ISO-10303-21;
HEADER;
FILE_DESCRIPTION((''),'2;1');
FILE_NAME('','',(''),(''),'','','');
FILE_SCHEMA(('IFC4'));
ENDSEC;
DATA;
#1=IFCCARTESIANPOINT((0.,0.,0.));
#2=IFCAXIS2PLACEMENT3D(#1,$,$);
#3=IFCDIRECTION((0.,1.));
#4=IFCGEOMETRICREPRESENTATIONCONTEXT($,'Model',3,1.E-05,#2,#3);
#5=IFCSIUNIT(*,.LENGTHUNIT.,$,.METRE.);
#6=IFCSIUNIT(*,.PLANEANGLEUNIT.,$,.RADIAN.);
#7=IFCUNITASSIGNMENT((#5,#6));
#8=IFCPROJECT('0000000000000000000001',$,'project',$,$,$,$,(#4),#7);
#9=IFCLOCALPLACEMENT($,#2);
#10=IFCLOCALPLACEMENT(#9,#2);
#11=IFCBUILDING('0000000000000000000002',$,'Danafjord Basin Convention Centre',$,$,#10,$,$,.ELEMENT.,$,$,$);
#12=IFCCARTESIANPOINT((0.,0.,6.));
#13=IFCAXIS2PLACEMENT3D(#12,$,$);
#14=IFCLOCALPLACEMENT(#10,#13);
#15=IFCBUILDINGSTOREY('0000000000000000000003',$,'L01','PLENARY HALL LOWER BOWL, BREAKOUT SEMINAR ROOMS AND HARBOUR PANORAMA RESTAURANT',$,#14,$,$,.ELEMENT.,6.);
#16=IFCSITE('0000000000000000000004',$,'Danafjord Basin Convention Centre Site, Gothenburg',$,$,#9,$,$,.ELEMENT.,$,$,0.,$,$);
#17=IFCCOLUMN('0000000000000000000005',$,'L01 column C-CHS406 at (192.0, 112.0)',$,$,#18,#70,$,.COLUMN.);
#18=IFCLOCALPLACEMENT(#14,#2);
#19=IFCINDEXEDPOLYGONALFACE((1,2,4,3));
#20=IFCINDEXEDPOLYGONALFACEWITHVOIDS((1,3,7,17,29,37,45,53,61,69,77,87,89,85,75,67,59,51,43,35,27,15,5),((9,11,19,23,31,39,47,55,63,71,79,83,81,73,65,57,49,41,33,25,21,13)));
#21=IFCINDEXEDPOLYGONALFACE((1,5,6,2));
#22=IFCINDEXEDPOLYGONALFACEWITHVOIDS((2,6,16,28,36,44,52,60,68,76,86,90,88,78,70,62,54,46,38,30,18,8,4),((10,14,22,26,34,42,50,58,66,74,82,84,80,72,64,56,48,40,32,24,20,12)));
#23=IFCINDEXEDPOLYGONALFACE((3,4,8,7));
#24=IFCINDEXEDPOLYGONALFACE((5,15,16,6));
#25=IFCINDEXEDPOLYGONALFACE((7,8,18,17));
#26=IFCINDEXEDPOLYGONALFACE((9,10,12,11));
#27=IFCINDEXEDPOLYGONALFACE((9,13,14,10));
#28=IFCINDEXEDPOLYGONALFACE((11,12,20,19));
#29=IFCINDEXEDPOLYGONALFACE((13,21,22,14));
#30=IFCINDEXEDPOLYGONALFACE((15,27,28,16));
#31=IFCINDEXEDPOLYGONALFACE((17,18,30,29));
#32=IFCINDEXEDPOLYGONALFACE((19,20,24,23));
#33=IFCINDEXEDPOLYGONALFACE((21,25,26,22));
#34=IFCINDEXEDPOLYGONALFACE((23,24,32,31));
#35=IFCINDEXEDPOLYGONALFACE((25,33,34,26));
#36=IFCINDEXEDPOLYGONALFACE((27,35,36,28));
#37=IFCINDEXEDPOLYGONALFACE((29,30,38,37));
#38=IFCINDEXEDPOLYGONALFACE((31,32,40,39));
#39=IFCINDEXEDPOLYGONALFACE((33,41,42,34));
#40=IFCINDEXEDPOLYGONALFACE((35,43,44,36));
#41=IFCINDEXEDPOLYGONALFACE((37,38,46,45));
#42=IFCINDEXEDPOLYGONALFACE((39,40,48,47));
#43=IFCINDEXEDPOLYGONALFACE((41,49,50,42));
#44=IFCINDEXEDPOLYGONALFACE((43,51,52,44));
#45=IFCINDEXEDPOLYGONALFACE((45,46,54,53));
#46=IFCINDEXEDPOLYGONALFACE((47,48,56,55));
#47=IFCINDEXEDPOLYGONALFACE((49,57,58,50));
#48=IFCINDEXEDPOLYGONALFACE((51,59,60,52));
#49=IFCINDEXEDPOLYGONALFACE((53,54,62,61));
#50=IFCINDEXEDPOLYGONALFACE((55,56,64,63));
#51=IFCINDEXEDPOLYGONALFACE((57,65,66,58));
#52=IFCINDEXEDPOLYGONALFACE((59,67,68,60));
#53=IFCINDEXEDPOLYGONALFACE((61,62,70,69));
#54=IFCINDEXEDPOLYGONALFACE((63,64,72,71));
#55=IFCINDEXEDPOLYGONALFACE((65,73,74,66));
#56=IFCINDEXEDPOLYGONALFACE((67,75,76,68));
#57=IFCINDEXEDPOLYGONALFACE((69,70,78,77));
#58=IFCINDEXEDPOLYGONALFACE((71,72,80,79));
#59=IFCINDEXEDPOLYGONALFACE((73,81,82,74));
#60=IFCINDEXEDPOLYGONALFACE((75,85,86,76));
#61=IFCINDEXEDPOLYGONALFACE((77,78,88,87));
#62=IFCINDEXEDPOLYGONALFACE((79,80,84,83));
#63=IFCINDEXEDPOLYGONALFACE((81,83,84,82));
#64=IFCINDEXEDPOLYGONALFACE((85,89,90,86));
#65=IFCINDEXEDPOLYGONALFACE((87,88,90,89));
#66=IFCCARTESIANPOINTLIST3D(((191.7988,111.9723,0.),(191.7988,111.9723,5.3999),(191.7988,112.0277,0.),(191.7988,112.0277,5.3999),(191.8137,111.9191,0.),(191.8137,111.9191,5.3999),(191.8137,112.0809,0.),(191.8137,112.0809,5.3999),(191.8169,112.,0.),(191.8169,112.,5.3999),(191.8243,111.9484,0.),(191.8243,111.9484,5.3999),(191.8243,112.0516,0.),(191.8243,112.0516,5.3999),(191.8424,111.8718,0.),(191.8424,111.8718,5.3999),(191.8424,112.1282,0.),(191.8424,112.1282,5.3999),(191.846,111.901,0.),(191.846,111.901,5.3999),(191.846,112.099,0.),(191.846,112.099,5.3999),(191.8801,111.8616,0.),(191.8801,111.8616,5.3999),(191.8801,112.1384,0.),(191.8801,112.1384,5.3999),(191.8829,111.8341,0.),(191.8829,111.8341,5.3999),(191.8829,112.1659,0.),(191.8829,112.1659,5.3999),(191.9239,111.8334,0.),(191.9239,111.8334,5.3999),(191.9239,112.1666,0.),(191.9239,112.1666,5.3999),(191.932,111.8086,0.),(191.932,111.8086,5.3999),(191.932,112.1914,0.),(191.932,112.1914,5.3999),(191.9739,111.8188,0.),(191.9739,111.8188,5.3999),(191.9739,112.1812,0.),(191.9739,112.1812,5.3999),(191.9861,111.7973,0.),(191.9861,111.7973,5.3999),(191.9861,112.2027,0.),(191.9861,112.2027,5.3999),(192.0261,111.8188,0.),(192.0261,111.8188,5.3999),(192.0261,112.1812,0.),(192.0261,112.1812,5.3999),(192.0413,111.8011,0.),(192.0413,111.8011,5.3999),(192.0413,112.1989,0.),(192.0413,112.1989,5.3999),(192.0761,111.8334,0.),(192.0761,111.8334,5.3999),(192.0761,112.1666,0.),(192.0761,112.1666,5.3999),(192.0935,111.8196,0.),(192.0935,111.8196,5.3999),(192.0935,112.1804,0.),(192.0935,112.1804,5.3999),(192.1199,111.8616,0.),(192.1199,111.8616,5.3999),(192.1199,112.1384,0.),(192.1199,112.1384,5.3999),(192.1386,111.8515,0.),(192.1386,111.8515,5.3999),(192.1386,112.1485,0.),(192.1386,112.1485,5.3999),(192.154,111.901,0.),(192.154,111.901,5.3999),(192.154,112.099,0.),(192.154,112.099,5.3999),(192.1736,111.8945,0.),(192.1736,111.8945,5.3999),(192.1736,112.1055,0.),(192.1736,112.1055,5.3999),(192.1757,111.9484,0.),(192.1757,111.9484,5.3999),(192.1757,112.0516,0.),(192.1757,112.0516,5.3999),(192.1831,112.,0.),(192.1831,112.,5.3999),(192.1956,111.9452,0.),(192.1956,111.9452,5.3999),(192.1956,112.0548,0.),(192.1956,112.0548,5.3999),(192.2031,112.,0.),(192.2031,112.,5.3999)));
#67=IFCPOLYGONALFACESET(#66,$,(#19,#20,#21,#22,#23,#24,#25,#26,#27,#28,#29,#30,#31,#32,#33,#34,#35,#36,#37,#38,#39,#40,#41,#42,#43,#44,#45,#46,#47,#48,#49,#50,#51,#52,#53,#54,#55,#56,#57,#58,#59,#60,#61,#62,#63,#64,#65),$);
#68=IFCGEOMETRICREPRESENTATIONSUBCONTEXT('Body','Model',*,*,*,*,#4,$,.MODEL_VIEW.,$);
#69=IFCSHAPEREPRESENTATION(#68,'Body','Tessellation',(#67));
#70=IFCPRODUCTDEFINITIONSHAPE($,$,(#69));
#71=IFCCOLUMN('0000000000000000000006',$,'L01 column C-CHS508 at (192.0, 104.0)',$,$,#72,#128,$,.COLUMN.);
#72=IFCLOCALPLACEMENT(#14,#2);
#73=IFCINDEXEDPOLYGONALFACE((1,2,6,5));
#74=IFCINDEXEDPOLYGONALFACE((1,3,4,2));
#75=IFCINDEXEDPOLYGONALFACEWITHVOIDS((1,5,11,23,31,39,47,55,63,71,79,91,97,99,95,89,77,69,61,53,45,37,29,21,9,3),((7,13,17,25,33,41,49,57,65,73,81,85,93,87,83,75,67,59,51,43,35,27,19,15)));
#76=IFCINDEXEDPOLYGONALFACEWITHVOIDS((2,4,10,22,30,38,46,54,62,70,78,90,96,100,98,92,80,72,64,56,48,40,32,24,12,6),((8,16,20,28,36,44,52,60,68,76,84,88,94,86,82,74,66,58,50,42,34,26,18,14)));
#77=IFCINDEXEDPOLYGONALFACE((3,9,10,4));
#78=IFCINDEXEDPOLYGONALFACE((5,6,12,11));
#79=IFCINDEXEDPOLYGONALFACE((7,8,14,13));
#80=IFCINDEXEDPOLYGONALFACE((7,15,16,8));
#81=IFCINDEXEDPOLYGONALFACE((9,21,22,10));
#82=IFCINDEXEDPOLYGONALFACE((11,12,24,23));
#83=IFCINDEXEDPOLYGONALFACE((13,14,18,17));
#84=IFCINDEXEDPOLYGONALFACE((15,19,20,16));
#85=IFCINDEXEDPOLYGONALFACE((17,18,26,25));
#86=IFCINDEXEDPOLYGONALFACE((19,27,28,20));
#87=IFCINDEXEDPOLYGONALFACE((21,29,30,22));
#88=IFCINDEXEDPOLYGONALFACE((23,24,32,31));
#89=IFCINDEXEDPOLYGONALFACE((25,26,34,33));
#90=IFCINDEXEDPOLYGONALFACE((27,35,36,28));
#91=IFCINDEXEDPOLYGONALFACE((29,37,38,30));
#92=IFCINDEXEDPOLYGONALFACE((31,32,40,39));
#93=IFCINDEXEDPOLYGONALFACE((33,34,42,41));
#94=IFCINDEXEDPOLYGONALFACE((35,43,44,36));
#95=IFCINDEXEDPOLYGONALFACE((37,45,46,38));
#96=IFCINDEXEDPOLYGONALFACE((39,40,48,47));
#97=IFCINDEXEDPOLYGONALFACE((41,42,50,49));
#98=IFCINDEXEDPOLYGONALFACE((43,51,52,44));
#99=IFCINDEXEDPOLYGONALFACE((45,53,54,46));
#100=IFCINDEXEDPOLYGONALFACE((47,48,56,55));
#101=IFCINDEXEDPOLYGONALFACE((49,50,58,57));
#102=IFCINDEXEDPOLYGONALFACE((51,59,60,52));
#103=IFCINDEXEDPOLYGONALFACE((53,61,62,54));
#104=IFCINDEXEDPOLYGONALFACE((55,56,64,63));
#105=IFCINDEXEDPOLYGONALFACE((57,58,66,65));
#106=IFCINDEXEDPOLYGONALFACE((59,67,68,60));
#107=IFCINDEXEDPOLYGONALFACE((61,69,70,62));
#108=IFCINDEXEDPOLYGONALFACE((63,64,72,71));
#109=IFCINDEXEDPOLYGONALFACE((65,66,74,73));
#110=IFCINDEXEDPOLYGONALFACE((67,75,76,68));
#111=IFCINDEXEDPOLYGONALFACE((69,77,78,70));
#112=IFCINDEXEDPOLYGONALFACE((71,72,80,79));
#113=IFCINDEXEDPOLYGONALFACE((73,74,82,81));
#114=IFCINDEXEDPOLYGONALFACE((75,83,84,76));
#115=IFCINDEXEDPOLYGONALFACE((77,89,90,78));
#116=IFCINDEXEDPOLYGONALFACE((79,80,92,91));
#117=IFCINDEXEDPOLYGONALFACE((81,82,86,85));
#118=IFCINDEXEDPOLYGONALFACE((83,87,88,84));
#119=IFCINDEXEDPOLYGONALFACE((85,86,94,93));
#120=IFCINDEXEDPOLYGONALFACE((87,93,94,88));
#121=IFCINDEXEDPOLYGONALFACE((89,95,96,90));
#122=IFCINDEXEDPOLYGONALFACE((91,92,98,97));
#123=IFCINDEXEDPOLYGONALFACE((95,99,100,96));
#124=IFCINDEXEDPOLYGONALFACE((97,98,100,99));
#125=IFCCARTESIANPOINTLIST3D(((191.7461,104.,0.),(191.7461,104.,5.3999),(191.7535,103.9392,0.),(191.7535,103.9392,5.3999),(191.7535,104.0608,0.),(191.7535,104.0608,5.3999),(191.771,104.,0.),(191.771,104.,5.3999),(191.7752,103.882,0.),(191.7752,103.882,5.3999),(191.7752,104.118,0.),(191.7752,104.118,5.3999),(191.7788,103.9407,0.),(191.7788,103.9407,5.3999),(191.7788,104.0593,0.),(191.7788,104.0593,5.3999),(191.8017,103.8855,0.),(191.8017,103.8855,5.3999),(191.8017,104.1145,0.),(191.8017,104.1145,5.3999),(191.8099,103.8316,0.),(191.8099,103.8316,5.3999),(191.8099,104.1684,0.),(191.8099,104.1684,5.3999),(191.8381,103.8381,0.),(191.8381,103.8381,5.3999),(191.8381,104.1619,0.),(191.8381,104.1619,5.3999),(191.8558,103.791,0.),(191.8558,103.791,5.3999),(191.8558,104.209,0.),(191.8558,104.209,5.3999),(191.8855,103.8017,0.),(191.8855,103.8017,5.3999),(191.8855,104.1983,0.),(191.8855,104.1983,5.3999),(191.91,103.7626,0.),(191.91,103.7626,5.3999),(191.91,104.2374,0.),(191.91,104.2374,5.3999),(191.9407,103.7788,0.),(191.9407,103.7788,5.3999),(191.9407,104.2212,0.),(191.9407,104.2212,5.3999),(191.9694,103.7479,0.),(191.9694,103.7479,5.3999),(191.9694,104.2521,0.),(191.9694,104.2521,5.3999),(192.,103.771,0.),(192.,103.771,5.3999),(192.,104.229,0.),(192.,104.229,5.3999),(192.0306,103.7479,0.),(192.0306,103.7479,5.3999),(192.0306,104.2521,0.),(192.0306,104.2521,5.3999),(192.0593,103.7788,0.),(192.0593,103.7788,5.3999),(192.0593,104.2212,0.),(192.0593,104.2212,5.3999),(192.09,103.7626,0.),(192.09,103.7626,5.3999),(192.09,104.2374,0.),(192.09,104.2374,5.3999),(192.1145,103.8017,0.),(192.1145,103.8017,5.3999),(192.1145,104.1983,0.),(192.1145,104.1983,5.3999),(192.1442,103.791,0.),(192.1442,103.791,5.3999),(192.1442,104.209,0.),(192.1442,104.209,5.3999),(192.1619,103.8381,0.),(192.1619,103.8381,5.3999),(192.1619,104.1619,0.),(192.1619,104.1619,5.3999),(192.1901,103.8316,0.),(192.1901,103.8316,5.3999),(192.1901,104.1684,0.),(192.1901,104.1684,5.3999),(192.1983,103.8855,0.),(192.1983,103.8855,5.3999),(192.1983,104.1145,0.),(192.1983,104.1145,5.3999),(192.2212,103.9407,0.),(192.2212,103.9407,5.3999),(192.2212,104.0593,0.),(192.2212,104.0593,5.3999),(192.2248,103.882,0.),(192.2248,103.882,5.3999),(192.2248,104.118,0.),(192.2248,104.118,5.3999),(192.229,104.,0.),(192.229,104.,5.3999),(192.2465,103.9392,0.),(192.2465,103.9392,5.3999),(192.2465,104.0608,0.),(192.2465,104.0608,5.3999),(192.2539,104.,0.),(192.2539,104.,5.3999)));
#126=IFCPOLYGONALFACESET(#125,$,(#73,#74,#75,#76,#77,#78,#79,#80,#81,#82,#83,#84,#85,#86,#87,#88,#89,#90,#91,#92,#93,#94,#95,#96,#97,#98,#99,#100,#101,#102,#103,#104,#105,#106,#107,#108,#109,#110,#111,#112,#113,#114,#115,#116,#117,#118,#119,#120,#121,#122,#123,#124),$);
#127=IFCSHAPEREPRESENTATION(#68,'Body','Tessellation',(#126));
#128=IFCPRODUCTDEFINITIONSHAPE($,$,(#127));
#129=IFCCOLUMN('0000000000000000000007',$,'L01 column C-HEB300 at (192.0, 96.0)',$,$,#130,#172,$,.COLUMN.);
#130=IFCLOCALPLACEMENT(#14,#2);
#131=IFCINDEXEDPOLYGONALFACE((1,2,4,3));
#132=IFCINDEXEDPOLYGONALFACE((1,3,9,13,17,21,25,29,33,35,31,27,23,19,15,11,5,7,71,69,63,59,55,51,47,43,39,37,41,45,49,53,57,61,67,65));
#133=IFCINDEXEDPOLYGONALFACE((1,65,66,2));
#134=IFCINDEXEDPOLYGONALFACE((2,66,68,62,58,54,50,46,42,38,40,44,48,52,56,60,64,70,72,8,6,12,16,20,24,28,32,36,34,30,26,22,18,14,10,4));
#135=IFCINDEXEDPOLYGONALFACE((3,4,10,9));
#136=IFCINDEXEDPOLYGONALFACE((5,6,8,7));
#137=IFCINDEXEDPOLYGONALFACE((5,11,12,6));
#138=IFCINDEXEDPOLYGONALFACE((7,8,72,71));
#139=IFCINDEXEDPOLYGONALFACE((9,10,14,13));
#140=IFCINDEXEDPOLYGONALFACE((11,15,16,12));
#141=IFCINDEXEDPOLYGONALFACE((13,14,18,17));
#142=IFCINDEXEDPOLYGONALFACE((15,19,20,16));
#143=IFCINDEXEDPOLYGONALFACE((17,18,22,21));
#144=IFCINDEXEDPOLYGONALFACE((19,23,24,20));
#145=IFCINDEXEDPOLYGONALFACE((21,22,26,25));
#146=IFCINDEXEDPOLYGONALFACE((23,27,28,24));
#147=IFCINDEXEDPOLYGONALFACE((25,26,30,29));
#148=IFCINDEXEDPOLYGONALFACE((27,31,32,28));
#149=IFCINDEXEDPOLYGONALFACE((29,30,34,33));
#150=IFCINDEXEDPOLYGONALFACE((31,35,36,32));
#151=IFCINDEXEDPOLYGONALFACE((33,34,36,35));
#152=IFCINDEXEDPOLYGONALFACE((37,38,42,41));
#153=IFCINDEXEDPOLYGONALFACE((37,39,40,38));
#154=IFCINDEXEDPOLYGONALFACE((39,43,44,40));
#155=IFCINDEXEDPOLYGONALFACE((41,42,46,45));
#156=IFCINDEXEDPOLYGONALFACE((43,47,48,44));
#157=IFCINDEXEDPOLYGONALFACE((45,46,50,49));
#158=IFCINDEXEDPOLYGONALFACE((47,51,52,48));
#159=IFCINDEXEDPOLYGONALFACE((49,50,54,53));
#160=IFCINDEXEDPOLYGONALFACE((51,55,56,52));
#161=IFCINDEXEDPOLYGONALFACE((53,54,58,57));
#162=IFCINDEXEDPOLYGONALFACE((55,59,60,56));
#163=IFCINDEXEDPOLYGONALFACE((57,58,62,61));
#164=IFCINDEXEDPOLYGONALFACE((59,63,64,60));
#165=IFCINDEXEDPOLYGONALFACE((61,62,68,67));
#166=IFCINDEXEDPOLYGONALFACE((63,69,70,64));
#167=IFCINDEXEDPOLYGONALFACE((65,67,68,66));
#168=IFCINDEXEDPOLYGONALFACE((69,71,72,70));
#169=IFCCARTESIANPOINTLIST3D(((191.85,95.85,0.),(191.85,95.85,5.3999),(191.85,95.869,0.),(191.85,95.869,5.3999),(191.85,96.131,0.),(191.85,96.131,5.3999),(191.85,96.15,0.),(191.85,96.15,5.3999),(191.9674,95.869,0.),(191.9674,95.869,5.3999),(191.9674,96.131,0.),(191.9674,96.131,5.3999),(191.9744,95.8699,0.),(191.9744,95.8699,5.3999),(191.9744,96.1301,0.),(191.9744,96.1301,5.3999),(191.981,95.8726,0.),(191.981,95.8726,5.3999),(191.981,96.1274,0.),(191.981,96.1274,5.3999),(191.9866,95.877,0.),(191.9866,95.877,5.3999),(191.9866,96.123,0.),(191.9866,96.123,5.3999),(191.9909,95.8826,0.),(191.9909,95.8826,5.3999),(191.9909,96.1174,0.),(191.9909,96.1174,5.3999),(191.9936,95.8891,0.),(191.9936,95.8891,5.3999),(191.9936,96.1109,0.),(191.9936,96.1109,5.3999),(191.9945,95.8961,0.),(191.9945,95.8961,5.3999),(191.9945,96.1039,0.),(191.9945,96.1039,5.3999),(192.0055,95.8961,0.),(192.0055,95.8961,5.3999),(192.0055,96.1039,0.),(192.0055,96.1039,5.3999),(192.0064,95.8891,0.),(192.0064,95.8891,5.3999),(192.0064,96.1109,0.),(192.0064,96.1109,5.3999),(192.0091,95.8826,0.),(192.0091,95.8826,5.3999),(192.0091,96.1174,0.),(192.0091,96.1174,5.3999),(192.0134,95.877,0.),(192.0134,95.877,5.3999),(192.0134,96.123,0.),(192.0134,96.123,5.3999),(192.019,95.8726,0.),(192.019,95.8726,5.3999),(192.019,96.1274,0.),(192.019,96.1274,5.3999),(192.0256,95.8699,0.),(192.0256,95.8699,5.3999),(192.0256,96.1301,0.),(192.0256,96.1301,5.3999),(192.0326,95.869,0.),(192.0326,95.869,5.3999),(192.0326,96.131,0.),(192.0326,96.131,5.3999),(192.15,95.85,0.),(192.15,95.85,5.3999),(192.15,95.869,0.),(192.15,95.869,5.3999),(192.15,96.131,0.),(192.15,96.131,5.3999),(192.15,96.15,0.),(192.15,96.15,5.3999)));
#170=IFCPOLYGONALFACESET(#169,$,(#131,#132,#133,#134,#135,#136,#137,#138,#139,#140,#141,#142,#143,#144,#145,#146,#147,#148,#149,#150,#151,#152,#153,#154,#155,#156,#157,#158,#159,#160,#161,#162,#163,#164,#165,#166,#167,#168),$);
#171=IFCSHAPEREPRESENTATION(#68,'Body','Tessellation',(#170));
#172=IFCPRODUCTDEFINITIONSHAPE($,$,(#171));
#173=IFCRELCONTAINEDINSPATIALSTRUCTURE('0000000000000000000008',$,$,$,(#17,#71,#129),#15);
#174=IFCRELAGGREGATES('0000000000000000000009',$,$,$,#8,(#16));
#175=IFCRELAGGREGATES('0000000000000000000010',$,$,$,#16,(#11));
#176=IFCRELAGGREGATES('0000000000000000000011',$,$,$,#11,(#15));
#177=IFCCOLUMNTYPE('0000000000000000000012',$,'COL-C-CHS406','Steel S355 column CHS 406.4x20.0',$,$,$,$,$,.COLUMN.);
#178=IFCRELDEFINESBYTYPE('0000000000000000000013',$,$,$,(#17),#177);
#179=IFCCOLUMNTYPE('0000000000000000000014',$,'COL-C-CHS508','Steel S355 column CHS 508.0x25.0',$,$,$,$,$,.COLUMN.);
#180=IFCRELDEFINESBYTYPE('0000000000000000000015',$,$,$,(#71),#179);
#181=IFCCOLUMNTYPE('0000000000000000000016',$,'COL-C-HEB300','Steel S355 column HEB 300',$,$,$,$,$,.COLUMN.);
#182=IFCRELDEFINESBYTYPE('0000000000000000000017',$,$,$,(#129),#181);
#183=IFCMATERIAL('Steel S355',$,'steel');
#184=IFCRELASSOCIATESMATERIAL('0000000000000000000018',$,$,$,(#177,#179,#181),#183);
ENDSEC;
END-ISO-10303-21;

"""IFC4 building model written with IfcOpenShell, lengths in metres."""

from ifc_helpers import new_model, si_unit, direction, frame, origin, origin_2d, place, context, subcontext, project, spatial, hollow_circle, i_section, extrude, material, material_profile, profile_set, type_object, element, save


model = new_model("IFC4")

# Units and contexts
model_context = context("Model", 3, precision=1e-05, world=origin(), true_north=direction((0.0, 1.0)))
body_context = subcontext(model_context, "Body", "Model", "MODEL_VIEW")
ifc_project = project(units=[si_unit("LENGTHUNIT", "METRE"), si_unit("PLANEANGLEUNIT", "RADIAN")], contexts=[model_context])

# Site, building, storey
site_placement = place(None, origin())
site = spatial("IfcSite", under=ifc_project, at=site_placement, Name="Danafjord Basin Convention Centre Site, Gothenburg", CompositionType="ELEMENT", RefElevation=0.0)
building_placement = place(site_placement, origin())
building = spatial("IfcBuilding", under=site, at=building_placement, Name="Danafjord Basin Convention Centre", CompositionType="ELEMENT")
storey_placement = place(building_placement, frame((0.0, 0.0, 6.0)))
storey = spatial("IfcBuildingStorey", under=building, at=storey_placement, Name="L01", Description="PLENARY HALL LOWER BOWL, BREAKOUT SEMINAR ROOMS AND HARBOUR PANORAMA RESTAURANT", CompositionType="ELEMENT", Elevation=6.0)

# Columns
ifc_material_1 = material(Name="Steel S355", Category="steel")
ifc_material_profile_1 = material_profile(ifc_material_1, hollow_circle(Radius=0.2031, WallThickness=0.02, at=origin_2d()), Name="CHS 406.4x20.0")
ifc_profile_set_1 = profile_set([ifc_material_profile_1], Name="Steel S355")
column_type_1 = type_object("IfcColumnType", Name="COL-C-CHS406", Description="Steel S355 column CHS 406.4x20.0", PredefinedType="COLUMN", material=ifc_profile_set_1)
column_1_placement = place(storey_placement, frame((192.0, 112.0, 0.0), z_axis=(0.0, 0.0, 1.0), x_axis=(1.0, 0.0, 0.0)))
element("IfcColumn", 1, at=column_1_placement, inside=storey, type_object=column_type_1, Name="L01 column C-CHS406 at (192.0, 112.0)", PredefinedType="COLUMN", context=body_context, shape_type="SweptSolid", body=[
    extrude(hollow_circle(Radius=0.2031, WallThickness=0.02, at=origin_2d()), origin(), (0.0, 0.0, 1.0), 5.3999),
])
ifc_material_profile_2 = material_profile(ifc_material_1, hollow_circle(Radius=0.2539, WallThickness=0.0249, at=origin_2d()), Name="CHS 508.0x25.0")
ifc_profile_set_2 = profile_set([ifc_material_profile_2], Name="Steel S355")
column_type_2 = type_object("IfcColumnType", Name="COL-C-CHS508", Description="Steel S355 column CHS 508.0x25.0", PredefinedType="COLUMN", material=ifc_profile_set_2)
column_2_placement = place(storey_placement, frame((192.0, 104.0, 0.0), z_axis=(0.0, 0.0, 1.0), x_axis=(1.0, 0.0, 0.0)))
element("IfcColumn", 2, at=column_2_placement, inside=storey, type_object=column_type_2, Name="L01 column C-CHS508 at (192.0, 104.0)", PredefinedType="COLUMN", context=body_context, shape_type="SweptSolid", body=[
    extrude(hollow_circle(Radius=0.2539, WallThickness=0.0249, at=origin_2d()), origin(), (0.0, 0.0, 1.0), 5.3999),
])
ifc_material_profile_3 = material_profile(ifc_material_1, i_section(OverallWidth=0.3, OverallDepth=0.3, WebThickness=0.011, FlangeThickness=0.019, FilletRadius=0.0271, at=origin_2d()), Name="HEB 300")
ifc_profile_set_3 = profile_set([ifc_material_profile_3], Name="Steel S355")
column_type_3 = type_object("IfcColumnType", Name="COL-C-HEB300", Description="Steel S355 column HEB 300", PredefinedType="COLUMN", material=ifc_profile_set_3)
for number, where, z_axis, x_axis, name in (
    (3, (192.0, 96.0, 0.0), (0.0, 0.0, 1.0), (1.0, 0.0, 0.0), "L01 column C-HEB300 at (192.0, 96.0)"),
):
    element("IfcColumn", number, at=place(storey_placement, frame(where, z_axis=z_axis, x_axis=x_axis)), inside=storey, type_object=column_type_3, Name=name, PredefinedType="COLUMN", context=body_context, shape_type="SweptSolid", body=[
        extrude(i_section(OverallWidth=0.3, OverallDepth=0.3, WebThickness=0.011, FlangeThickness=0.019, FilletRadius=0.0271, at=origin_2d()), origin(), (0.0, 0.0, 1.0), 5.3999),
    ])

save(model, "model.ifc")
